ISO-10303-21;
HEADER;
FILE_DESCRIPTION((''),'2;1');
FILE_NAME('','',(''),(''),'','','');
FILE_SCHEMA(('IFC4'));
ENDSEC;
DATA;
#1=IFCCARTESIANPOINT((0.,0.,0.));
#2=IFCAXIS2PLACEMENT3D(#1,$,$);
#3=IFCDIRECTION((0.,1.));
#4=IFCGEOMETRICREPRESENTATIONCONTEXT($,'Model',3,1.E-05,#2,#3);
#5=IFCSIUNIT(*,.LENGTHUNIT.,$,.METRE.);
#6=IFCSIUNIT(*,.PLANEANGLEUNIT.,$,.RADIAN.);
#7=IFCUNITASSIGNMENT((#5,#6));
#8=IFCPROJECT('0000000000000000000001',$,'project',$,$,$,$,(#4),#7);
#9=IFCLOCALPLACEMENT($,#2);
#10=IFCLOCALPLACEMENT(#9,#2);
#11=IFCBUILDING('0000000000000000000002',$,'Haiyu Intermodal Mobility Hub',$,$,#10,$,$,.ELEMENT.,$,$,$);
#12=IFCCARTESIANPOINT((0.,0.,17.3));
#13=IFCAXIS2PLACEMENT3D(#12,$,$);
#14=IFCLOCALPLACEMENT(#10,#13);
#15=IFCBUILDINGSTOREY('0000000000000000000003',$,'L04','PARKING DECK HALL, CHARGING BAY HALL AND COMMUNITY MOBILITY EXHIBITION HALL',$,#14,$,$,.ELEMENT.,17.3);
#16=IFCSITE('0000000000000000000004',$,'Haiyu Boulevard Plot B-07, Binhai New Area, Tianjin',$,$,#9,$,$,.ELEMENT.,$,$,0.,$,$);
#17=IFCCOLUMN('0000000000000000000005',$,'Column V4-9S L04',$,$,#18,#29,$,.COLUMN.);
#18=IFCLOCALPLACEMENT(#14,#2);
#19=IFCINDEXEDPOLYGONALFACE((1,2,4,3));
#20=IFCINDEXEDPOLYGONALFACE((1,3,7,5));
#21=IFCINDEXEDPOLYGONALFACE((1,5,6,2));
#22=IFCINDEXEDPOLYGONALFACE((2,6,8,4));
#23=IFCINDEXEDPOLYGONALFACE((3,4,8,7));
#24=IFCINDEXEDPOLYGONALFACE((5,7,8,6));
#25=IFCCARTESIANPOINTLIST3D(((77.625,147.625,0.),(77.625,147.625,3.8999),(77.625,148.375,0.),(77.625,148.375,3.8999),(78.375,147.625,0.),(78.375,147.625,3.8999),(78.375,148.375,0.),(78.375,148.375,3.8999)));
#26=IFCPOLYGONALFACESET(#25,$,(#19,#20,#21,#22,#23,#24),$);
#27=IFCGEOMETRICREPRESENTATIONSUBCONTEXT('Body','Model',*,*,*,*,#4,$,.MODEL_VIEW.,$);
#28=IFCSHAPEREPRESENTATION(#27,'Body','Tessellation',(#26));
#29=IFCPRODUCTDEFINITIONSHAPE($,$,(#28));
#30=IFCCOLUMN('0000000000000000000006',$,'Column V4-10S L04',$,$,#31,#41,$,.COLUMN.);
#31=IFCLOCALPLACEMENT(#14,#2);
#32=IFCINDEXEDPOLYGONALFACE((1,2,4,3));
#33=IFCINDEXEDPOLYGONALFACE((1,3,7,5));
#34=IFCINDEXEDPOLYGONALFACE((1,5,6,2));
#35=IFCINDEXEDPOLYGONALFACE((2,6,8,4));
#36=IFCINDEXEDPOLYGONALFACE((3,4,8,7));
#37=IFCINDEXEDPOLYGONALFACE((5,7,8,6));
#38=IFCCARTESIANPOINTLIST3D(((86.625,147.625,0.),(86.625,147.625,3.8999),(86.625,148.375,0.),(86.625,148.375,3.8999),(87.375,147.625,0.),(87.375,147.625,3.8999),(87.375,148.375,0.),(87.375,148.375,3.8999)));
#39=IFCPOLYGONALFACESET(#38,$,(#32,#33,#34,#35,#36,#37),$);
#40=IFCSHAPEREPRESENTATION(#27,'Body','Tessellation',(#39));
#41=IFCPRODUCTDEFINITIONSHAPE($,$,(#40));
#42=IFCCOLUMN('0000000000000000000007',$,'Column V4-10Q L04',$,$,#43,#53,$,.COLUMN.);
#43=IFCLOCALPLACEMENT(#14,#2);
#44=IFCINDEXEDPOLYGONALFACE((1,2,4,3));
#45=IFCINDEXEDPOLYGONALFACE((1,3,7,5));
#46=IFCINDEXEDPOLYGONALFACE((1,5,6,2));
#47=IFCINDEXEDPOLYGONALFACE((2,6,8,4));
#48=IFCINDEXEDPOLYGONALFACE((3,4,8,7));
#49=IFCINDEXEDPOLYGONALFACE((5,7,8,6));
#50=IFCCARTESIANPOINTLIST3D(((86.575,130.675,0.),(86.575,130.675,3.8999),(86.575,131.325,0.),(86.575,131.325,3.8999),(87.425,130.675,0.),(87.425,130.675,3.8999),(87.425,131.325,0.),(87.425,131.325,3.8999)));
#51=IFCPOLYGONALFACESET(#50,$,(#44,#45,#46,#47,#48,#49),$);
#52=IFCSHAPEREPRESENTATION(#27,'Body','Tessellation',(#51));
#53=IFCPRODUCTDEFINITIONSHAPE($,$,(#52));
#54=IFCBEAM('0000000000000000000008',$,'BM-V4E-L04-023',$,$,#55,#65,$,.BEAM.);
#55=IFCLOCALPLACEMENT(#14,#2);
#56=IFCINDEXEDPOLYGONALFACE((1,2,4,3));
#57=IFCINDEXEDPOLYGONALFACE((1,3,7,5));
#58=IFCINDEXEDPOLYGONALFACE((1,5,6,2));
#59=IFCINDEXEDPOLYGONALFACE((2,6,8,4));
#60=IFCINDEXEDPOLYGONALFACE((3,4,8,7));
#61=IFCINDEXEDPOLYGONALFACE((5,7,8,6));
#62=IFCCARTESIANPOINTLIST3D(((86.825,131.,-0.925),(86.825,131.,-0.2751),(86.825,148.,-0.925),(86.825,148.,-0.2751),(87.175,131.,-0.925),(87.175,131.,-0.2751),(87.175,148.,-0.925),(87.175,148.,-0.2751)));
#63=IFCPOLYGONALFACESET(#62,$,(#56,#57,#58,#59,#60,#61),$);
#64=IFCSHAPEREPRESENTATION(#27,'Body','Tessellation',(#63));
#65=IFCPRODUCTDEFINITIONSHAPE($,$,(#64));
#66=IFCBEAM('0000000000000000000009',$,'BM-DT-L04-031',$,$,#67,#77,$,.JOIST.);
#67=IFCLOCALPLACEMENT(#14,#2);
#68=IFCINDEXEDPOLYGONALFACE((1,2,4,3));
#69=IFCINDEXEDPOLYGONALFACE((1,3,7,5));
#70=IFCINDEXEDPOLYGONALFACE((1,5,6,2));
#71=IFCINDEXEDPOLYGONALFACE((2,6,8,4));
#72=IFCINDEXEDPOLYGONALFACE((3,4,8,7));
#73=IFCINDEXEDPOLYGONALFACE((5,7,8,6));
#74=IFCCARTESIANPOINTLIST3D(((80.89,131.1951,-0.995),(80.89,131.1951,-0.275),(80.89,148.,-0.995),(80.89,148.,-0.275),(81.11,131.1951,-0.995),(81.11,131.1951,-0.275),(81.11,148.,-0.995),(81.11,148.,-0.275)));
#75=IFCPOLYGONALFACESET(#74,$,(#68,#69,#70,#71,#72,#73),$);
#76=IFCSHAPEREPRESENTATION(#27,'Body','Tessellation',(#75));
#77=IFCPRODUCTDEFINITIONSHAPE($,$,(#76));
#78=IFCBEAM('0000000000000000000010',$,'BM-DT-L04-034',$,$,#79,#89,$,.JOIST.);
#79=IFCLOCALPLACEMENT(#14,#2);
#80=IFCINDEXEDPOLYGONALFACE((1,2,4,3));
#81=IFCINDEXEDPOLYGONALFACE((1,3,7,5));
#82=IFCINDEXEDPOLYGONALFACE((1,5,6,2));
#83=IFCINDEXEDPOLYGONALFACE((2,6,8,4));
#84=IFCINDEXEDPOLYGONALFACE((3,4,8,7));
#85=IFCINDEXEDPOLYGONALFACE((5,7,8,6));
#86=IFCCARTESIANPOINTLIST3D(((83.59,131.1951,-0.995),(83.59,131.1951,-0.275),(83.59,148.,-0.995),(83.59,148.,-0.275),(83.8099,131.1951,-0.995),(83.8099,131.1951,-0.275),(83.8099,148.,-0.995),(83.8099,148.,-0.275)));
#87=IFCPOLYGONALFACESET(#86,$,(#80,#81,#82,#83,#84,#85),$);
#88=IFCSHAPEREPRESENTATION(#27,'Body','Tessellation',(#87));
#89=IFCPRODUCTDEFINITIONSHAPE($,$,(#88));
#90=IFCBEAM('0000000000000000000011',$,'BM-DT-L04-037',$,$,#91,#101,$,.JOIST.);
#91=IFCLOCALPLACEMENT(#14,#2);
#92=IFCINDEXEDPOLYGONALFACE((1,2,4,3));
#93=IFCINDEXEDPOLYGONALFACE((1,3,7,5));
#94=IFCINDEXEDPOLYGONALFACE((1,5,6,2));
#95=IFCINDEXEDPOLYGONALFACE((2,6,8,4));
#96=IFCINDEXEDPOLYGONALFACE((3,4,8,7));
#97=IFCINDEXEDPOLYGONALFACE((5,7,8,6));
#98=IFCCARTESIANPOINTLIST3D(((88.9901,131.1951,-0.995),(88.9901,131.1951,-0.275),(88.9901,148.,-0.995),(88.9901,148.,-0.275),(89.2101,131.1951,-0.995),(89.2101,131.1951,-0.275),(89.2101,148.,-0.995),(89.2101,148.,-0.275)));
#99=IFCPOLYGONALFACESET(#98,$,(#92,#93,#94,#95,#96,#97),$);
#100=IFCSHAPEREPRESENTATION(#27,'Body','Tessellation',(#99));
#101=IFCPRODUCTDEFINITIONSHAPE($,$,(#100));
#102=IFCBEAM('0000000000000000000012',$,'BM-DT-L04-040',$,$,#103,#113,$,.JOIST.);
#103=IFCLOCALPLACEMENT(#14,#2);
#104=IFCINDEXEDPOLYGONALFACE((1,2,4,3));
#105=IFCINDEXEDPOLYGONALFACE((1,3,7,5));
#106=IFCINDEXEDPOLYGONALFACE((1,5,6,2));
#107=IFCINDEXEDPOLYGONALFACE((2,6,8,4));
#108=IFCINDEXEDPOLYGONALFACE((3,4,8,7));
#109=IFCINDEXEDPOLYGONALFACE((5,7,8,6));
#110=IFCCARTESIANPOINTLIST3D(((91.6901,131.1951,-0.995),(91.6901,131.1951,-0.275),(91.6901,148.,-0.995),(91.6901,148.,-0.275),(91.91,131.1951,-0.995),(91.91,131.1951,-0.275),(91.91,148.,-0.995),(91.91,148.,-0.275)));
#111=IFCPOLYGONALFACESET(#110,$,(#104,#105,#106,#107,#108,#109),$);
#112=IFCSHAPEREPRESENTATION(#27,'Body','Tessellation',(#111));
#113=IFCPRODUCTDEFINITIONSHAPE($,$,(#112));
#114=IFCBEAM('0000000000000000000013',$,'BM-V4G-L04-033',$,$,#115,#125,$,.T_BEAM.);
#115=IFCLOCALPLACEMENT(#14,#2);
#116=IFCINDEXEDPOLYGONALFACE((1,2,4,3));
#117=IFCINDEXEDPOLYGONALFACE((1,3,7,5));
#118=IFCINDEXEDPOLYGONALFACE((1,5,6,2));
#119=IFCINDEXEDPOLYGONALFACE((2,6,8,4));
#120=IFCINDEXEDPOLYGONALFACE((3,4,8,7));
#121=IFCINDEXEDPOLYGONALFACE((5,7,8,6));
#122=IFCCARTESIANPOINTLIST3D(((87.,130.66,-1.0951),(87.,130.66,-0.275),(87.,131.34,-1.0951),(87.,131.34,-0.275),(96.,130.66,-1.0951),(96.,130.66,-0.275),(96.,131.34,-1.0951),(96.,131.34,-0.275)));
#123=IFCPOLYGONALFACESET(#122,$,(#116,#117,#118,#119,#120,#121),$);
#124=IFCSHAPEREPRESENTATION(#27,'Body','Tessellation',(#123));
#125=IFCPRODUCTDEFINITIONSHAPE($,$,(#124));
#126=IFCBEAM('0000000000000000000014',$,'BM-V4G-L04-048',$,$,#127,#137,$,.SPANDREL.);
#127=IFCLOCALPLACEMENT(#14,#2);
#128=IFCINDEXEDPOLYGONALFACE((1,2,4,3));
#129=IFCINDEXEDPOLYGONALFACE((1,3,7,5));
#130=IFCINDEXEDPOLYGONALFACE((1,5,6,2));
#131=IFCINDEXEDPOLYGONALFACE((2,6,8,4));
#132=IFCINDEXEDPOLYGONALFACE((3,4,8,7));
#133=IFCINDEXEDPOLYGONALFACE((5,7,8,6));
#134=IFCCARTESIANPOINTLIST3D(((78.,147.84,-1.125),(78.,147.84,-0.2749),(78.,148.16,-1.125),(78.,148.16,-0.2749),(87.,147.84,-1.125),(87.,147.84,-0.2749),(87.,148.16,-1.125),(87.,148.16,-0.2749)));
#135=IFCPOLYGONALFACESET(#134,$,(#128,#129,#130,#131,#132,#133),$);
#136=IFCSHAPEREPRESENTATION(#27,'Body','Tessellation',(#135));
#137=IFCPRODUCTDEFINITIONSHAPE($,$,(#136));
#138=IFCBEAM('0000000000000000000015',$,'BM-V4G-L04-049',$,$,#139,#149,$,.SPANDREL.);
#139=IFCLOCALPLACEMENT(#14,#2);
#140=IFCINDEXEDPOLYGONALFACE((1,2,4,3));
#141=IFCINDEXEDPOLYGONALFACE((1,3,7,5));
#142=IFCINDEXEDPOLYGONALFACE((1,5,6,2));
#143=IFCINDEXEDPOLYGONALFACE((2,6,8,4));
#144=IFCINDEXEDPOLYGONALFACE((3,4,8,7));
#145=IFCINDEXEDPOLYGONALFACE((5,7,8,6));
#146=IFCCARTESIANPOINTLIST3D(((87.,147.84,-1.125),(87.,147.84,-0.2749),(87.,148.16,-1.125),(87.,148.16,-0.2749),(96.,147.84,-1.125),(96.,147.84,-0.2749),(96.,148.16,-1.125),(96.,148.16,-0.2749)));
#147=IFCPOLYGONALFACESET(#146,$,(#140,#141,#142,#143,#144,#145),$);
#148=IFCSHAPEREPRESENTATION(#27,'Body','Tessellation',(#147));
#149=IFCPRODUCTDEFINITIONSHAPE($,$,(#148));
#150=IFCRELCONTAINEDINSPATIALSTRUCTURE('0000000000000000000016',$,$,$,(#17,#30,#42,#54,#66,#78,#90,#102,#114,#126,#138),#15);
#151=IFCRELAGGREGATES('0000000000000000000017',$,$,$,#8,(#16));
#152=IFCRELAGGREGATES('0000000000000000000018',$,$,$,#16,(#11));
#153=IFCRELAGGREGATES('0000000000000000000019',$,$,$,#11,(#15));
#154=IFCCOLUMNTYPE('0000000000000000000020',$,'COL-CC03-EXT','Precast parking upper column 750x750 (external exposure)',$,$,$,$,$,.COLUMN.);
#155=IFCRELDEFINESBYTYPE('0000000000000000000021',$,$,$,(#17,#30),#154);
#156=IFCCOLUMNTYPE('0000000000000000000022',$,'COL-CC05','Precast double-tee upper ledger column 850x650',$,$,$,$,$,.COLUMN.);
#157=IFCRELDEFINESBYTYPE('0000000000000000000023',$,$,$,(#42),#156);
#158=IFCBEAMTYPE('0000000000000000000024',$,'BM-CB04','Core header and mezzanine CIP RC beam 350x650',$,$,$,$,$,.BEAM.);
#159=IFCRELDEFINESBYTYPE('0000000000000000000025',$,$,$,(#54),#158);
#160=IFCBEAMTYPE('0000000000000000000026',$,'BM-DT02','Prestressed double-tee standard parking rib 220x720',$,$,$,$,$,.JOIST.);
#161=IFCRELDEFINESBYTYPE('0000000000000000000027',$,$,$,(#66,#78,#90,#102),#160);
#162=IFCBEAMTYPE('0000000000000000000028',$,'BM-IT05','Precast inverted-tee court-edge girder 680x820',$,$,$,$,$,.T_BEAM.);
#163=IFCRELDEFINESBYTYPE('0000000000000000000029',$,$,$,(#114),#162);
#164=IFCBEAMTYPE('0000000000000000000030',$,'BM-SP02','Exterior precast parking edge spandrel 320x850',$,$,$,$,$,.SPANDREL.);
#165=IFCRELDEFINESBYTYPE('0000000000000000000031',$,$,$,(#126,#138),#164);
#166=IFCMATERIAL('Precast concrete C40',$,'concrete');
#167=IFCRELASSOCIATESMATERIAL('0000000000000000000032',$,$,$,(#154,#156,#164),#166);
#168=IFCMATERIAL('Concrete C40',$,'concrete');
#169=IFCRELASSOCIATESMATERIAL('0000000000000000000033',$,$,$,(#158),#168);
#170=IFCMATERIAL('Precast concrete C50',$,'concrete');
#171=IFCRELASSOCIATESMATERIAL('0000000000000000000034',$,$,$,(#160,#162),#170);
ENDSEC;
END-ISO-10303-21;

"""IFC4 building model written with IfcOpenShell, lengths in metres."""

from ifc_helpers import new_model, si_unit, direction, frame, origin, origin_2d, place, context, subcontext, project, spatial, rectangle, extrude, material, material_profile, profile_set, type_object, element, save


model = new_model("IFC4")

# Units and contexts
model_context = context("Model", 3, precision=1e-05, world=origin(), true_north=direction((0.0, 1.0)))
body_context = subcontext(model_context, "Body", "Model", "MODEL_VIEW")
ifc_project = project(units=[si_unit("LENGTHUNIT", "METRE"), si_unit("PLANEANGLEUNIT", "RADIAN")], contexts=[model_context])

# Site, building, storey
site_placement = place(None, origin())
site = spatial("IfcSite", under=ifc_project, at=site_placement, Name="Haiyu Boulevard Plot B-07, Binhai New Area, Tianjin", CompositionType="ELEMENT", RefElevation=0.0)
building_placement = place(site_placement, origin())
building = spatial("IfcBuilding", under=site, at=building_placement, Name="Haiyu Intermodal Mobility Hub", CompositionType="ELEMENT")
storey_placement = place(building_placement, frame((0.0, 0.0, 17.3)))
storey = spatial("IfcBuildingStorey", under=building, at=storey_placement, Name="L04", Description="PARKING DECK HALL, CHARGING BAY HALL AND COMMUNITY MOBILITY EXHIBITION HALL", CompositionType="ELEMENT", Elevation=17.3)

# Columns
ifc_material_1 = material(Name="Precast concrete C40", Category="concrete")
ifc_material_profile_1 = material_profile(ifc_material_1, rectangle(XDim=0.75, YDim=0.75, at=origin_2d()), Name="RC750x750")
ifc_profile_set_1 = profile_set([ifc_material_profile_1], Name="Precast concrete C40")
column_type_1 = type_object("IfcColumnType", Name="COL-CC03-EXT", Description="Precast parking upper column 750x750 (external exposure)", PredefinedType="COLUMN", material=ifc_profile_set_1)
for number, where, z_axis, x_axis, name in (
    (1, (78.0, 148.0, 0.0), (0.0, 0.0, 1.0), (1.0, 0.0, 0.0), "Column V4-9S L04"),
    (2, (87.0, 148.0, 0.0), (0.0, 0.0, 1.0), (1.0, 0.0, 0.0), "Column V4-10S L04"),
):
    element("IfcColumn", number, at=place(storey_placement, frame(where, z_axis=z_axis, x_axis=x_axis)), inside=storey, type_object=column_type_1, Name=name, PredefinedType="COLUMN", context=body_context, shape_type="SweptSolid", body=[
        extrude(rectangle(XDim=0.75, YDim=0.75, at=origin_2d()), origin(), (0.0, 0.0, 1.0), 3.8999),
    ])
ifc_material_profile_2 = material_profile(ifc_material_1, rectangle(XDim=0.8501, YDim=0.6499, at=origin_2d()), Name="RC850x650")
ifc_profile_set_2 = profile_set([ifc_material_profile_2], Name="Precast concrete C40")
column_type_2 = type_object("IfcColumnType", Name="COL-CC05", Description="Precast double-tee upper ledger column 850x650", PredefinedType="COLUMN", material=ifc_profile_set_2)
column_placement = place(storey_placement, frame((87.0, 131.0, 0.0), z_axis=(0.0, 0.0, 1.0), x_axis=(1.0, 0.0, 0.0)))
element("IfcColumn", 3, at=column_placement, inside=storey, type_object=column_type_2, Name="Column V4-10Q L04", PredefinedType="COLUMN", context=body_context, shape_type="SweptSolid", body=[
    extrude(rectangle(XDim=0.8501, YDim=0.6499, at=origin_2d()), origin(), (0.0, 0.0, 1.0), 3.8999),
])

# Beams
ifc_material_2 = material(Name="Concrete C40", Category="concrete")
ifc_material_profile_3 = material_profile(ifc_material_2, rectangle(XDim=0.3501, YDim=0.6499, at=origin_2d()), Name="RCB350x650")
ifc_profile_set_3 = profile_set([ifc_material_profile_3], Name="Concrete C40")
beam_type_1 = type_object("IfcBeamType", Name="BM-CB04", Description="Core header and mezzanine CIP RC beam 350x650", PredefinedType="BEAM", material=ifc_profile_set_3)
beam_1_placement = place(storey_placement, frame((87.0, 131.0, -0.6001), z_axis=(0.0, 1.0, 0.0), x_axis=(-1.0, 0.0, 0.0)))
element("IfcBeam", 4, at=beam_1_placement, inside=storey, type_object=beam_type_1, Name="BM-V4E-L04-023", PredefinedType="BEAM", context=body_context, shape_type="SweptSolid", body=[
    extrude(rectangle(XDim=0.3501, YDim=0.6499, at=origin_2d()), origin(), (0.0, 0.0, 1.0), 17.0),
])
ifc_material_3 = material(Name="Precast concrete C50", Category="concrete")
ifc_material_profile_4 = material_profile(ifc_material_3, rectangle(XDim=0.22, YDim=0.72, at=origin_2d()), Name="PC220x720")
ifc_profile_set_4 = profile_set([ifc_material_profile_4], Name="Precast concrete C50")
beam_type_2 = type_object("IfcBeamType", Name="BM-DT02", Description="Prestressed double-tee standard parking rib 220x720", PredefinedType="JOIST", material=ifc_profile_set_4)
for number, where, z_axis, x_axis, name in (
    (5, (81.0, 131.1951, -0.635), (0.0, 1.0, 0.0), (-1.0, 0.0, 0.0), "BM-DT-L04-031"),
    (6, (83.7, 131.1951, -0.635), (0.0, 1.0, 0.0), (-1.0, 0.0, 0.0), "BM-DT-L04-034"),
    (7, (89.1001, 131.1951, -0.635), (0.0, 1.0, 0.0), (-1.0, 0.0, 0.0), "BM-DT-L04-037"),
    (8, (91.8, 131.1951, -0.635), (0.0, 1.0, 0.0), (-1.0, 0.0, 0.0), "BM-DT-L04-040"),
):
    element("IfcBeam", number, at=place(storey_placement, frame(where, z_axis=z_axis, x_axis=x_axis)), inside=storey, type_object=beam_type_2, Name=name, PredefinedType="JOIST", context=body_context, shape_type="SweptSolid", body=[
        extrude(rectangle(XDim=0.22, YDim=0.72, at=origin_2d()), origin(), (0.0, 0.0, 1.0), 16.8049),
    ])
ifc_material_profile_5 = material_profile(ifc_material_3, rectangle(XDim=0.6799, YDim=0.8201, at=origin_2d()), Name="B680x820")
ifc_profile_set_5 = profile_set([ifc_material_profile_5], Name="Precast concrete C50")
beam_type_3 = type_object("IfcBeamType", Name="BM-IT05", Description="Precast inverted-tee court-edge girder 680x820", PredefinedType="T_BEAM", material=ifc_profile_set_5)
beam_2_placement = place(storey_placement, frame((87.0, 131.0, -0.6851), z_axis=(1.0, 0.0, 0.0), x_axis=(0.0, 1.0, 0.0)))
element("IfcBeam", 9, at=beam_2_placement, inside=storey, type_object=beam_type_3, Name="BM-V4G-L04-033", PredefinedType="T_BEAM", context=body_context, shape_type="SweptSolid", body=[
    extrude(rectangle(XDim=0.6799, YDim=0.8201, at=origin_2d()), origin(), (0.0, 0.0, 1.0), 9.0),
])
ifc_material_profile_6 = material_profile(ifc_material_1, rectangle(XDim=0.3201, YDim=0.8501, at=origin_2d()), Name="PC320x850")
ifc_profile_set_6 = profile_set([ifc_material_profile_6], Name="Precast concrete C40")
beam_type_4 = type_object("IfcBeamType", Name="BM-SP02", Description="Exterior precast parking edge spandrel 320x850", PredefinedType="SPANDREL", material=ifc_profile_set_6)
for number, where, z_axis, x_axis, name in (
    (10, (78.0, 148.0, -0.7), (1.0, 0.0, 0.0), (0.0, 1.0, 0.0), "BM-V4G-L04-048"),
    (11, (87.0, 148.0, -0.7), (1.0, 0.0, 0.0), (0.0, 1.0, 0.0), "BM-V4G-L04-049"),
):
    element("IfcBeam", number, at=place(storey_placement, frame(where, z_axis=z_axis, x_axis=x_axis)), inside=storey, type_object=beam_type_4, Name=name, PredefinedType="SPANDREL", context=body_context, shape_type="SweptSolid", body=[
        extrude(rectangle(XDim=0.3201, YDim=0.8501, at=origin_2d()), origin(), (0.0, 0.0, 1.0), 9.0),
    ])

save(model, "model.ifc")
